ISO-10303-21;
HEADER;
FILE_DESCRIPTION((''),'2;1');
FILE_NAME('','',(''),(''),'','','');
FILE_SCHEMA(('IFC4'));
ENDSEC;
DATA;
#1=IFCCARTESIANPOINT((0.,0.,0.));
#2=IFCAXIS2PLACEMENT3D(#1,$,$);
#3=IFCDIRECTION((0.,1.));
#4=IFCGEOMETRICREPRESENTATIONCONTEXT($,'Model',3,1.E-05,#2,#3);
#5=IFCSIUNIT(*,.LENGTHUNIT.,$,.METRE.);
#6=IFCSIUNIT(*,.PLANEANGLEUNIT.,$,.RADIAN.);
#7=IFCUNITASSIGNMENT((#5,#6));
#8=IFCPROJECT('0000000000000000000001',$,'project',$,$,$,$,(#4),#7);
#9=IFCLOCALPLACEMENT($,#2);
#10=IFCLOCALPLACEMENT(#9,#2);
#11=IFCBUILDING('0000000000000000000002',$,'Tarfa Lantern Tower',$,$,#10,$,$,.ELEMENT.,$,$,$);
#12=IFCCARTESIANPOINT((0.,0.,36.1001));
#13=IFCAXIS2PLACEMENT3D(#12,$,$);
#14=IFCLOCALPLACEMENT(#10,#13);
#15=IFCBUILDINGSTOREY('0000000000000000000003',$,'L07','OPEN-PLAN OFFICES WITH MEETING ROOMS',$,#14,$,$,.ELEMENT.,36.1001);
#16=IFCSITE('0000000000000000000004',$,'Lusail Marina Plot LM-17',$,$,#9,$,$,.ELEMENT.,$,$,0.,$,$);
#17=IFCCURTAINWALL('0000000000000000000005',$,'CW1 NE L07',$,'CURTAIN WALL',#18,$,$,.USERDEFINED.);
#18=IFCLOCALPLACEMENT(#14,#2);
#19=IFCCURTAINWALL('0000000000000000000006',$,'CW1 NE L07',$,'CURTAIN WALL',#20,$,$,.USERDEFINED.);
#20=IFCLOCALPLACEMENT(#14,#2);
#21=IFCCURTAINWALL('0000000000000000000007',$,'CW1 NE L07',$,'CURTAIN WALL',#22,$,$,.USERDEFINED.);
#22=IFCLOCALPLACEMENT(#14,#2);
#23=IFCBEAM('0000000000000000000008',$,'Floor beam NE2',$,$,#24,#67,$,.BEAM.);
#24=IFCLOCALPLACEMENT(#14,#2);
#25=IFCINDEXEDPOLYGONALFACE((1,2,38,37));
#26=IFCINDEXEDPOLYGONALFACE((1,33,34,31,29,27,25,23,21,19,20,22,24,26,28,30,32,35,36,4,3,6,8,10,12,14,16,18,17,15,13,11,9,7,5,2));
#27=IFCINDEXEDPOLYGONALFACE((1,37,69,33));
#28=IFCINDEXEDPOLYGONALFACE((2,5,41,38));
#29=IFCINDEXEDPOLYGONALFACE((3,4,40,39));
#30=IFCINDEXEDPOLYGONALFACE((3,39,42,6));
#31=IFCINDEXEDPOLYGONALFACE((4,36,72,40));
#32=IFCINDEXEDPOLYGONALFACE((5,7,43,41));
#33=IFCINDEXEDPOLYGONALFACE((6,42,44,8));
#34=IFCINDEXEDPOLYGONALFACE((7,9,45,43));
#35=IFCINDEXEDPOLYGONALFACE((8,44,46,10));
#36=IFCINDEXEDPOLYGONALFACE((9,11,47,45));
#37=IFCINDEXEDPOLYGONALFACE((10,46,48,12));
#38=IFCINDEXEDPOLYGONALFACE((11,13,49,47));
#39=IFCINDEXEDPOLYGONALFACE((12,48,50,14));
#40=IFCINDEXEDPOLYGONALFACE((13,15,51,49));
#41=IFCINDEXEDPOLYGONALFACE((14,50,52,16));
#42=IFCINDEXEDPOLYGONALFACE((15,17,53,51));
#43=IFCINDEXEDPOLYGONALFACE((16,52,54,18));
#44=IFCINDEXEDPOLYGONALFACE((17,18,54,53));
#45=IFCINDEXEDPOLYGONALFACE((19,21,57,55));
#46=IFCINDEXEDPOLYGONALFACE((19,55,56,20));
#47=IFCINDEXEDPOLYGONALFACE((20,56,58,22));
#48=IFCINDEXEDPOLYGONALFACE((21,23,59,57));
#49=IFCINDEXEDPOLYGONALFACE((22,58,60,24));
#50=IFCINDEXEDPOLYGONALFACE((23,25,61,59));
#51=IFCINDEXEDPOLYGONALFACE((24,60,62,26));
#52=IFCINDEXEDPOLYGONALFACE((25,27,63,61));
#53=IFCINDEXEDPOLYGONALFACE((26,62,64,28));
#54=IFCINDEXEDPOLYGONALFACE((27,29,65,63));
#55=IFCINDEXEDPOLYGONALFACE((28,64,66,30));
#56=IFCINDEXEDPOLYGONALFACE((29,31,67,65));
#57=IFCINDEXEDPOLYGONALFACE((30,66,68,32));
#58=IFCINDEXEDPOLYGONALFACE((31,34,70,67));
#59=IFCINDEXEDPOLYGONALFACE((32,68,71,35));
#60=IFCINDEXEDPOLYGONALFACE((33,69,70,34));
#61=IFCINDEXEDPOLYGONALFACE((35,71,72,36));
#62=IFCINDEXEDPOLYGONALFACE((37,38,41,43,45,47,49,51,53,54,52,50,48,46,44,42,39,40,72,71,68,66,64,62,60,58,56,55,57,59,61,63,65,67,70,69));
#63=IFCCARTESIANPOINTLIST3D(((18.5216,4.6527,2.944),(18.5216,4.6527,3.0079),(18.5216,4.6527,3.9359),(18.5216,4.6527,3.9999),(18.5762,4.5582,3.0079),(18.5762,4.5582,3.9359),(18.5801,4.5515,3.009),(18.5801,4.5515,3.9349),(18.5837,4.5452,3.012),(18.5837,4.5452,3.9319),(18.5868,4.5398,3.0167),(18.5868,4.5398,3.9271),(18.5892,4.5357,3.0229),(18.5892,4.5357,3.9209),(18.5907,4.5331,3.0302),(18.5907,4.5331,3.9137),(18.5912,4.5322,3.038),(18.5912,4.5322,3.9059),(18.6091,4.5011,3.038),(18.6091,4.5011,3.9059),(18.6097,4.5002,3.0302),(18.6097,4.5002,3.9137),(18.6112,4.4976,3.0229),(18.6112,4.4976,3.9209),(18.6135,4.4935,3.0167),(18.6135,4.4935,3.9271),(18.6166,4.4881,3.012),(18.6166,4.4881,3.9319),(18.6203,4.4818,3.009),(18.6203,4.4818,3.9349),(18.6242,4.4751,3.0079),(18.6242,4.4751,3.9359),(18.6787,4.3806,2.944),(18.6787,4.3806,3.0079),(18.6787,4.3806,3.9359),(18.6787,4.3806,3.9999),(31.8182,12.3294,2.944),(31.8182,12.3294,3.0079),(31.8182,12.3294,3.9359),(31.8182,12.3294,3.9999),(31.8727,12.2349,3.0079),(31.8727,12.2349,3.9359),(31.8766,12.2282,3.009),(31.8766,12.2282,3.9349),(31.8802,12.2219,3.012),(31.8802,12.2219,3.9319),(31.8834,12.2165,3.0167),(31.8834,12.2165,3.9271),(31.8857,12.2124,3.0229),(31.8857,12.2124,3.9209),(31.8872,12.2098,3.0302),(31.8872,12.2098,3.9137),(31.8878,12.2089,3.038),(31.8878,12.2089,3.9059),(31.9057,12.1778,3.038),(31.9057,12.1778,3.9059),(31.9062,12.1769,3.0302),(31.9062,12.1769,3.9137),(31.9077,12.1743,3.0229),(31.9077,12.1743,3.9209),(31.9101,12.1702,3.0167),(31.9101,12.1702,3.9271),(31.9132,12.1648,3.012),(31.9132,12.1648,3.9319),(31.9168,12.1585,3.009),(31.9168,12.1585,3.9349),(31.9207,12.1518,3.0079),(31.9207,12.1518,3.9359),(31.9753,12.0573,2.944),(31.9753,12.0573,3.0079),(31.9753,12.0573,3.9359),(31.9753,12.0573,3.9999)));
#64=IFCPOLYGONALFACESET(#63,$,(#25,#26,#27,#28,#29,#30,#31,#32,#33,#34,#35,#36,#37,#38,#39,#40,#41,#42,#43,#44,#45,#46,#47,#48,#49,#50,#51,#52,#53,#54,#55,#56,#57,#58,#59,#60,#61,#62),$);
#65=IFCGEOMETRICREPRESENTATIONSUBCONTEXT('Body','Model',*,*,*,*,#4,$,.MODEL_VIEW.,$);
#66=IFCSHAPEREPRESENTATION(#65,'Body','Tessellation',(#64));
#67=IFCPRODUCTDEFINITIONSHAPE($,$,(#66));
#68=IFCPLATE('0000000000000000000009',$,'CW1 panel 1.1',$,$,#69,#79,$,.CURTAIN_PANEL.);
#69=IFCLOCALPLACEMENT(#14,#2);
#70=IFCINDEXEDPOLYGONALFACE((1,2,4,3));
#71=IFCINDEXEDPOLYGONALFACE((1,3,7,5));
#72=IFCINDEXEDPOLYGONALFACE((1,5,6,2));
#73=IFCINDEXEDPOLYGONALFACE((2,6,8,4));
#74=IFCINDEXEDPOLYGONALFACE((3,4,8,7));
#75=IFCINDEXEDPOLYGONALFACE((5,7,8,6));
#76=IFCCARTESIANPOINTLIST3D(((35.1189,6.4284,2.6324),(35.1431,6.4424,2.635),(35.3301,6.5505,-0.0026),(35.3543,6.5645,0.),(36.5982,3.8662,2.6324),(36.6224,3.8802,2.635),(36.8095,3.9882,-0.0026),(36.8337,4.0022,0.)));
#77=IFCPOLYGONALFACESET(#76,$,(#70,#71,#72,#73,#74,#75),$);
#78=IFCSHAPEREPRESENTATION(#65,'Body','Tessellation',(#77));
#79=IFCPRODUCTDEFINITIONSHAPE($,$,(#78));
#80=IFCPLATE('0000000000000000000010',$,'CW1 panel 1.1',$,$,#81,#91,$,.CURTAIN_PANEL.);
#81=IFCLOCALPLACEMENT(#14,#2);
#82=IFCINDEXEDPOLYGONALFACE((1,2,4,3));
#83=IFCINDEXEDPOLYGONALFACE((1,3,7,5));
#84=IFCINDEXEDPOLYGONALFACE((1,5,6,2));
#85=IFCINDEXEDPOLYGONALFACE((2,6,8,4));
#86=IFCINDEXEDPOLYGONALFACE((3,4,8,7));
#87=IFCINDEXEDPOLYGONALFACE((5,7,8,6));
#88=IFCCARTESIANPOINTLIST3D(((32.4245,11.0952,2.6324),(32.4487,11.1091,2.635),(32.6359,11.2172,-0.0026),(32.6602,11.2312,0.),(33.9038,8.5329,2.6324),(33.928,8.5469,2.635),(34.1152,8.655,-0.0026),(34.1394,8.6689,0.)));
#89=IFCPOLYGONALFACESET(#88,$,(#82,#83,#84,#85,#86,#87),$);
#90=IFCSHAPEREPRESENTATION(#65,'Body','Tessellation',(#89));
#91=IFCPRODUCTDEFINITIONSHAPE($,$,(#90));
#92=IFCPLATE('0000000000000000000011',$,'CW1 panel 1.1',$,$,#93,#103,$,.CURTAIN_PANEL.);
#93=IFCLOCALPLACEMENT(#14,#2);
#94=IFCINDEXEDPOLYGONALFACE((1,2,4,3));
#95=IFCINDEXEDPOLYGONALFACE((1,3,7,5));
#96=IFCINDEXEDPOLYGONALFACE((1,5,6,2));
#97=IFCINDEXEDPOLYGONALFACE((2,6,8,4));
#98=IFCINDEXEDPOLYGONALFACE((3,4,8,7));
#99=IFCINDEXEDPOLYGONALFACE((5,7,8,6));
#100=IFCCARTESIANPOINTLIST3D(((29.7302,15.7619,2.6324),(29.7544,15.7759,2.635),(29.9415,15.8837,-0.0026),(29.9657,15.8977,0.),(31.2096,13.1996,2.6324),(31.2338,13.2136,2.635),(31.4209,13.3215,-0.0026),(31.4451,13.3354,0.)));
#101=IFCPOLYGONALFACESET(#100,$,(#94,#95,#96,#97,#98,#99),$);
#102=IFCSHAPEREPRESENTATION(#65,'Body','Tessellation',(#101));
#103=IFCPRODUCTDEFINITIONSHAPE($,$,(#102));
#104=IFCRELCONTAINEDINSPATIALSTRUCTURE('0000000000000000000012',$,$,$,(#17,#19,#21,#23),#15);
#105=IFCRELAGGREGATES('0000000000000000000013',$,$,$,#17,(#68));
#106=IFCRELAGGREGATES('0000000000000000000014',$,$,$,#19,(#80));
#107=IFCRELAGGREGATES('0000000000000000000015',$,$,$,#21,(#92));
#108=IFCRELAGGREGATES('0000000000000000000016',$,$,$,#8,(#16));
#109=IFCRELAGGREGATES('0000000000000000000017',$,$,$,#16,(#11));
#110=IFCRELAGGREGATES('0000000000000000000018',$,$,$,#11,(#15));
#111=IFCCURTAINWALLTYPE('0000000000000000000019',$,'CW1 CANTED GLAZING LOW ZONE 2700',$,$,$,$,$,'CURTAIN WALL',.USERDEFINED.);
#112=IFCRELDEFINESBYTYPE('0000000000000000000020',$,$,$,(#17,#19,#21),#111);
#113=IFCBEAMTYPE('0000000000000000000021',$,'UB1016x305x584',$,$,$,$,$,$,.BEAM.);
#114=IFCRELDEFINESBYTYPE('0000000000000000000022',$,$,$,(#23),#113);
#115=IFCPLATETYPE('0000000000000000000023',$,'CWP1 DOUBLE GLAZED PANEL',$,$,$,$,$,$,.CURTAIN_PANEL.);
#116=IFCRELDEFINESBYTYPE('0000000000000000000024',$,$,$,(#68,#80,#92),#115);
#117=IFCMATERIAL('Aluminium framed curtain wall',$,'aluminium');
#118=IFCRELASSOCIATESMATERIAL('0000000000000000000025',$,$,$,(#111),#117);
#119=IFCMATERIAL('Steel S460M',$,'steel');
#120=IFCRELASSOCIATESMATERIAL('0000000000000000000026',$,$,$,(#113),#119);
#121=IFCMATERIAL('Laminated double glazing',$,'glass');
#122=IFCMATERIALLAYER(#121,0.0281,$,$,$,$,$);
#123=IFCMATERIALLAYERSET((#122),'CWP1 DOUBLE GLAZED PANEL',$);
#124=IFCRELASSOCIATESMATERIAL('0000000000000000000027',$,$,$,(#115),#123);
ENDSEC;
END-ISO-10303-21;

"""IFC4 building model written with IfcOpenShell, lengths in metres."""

from ifc_helpers import new_model, si_unit, direction, frame, origin, origin_2d, place, context, subcontext, project, spatial, polyline, i_section, outline, extrude, material, layer, layer_set, material_profile, profile_set, type_object, element, aggregate, save


model = new_model("IFC4")

# Units and contexts
model_context = context("Model", 3, precision=1e-05, world=origin(), true_north=direction((0.0, 1.0)))
body_context = subcontext(model_context, "Body", "Model", "MODEL_VIEW")
ifc_project = project(units=[si_unit("LENGTHUNIT", "METRE"), si_unit("PLANEANGLEUNIT", "RADIAN")], contexts=[model_context])

# Site, building, storey
site_placement = place(None, origin())
site = spatial("IfcSite", under=ifc_project, at=site_placement, Name="Lusail Marina Plot LM-17", CompositionType="ELEMENT", RefElevation=0.0)
building_placement = place(site_placement, origin())
building = spatial("IfcBuilding", under=site, at=building_placement, Name="Tarfa Lantern Tower", CompositionType="ELEMENT")
storey_placement = place(building_placement, frame((0.0, 0.0, 36.1001)))
storey = spatial("IfcBuildingStorey", under=building, at=storey_placement, Name="L07", Description="OPEN-PLAN OFFICES WITH MEETING ROOMS", CompositionType="ELEMENT", Elevation=36.1001)

# Curtain walls
ifc_material_1 = material(Name="Aluminium framed curtain wall", Category="aluminium")
curtain_wall_type = type_object("IfcCurtainWallType", Name="CW1 CANTED GLAZING LOW ZONE 2700", ElementType="CURTAIN WALL", PredefinedType="USERDEFINED", material=ifc_material_1)
curtain_wall_1_placement = place(storey_placement, origin())
curtain_wall_1 = element("IfcCurtainWall", 1, at=curtain_wall_1_placement, inside=storey, type_object=curtain_wall_type, Name="CW1 NE L07", ObjectType="CURTAIN WALL", PredefinedType="USERDEFINED")
curtain_wall_2_placement = place(storey_placement, origin())
curtain_wall_2 = element("IfcCurtainWall", 2, at=curtain_wall_2_placement, inside=storey, type_object=curtain_wall_type, Name="CW1 NE L07", ObjectType="CURTAIN WALL", PredefinedType="USERDEFINED")
curtain_wall_3_placement = place(storey_placement, origin())
curtain_wall_3 = element("IfcCurtainWall", 3, at=curtain_wall_3_placement, inside=storey, type_object=curtain_wall_type, Name="CW1 NE L07", ObjectType="CURTAIN WALL", PredefinedType="USERDEFINED")

# Beam
ifc_material_2 = material(Name="Steel S460M", Category="steel")
ifc_material_profile_1 = material_profile(ifc_material_2, i_section(OverallWidth=0.3142, OverallDepth=1.0559, WebThickness=0.0359, FlangeThickness=0.064, FilletRadius=0.03, at=origin_2d()), Name="UB1016x305x584")
ifc_profile_set_1 = profile_set([ifc_material_profile_1], Name="Steel S460M")
beam_type_1 = type_object("IfcBeamType", Name="UB1016x305x584", PredefinedType="BEAM", material=ifc_profile_set_1)
beam_1_placement = place(storey_placement, frame((31.8967, 12.1934, 3.4719), z_axis=(-0.866027, -0.499997, 0.0), x_axis=(0.499997, -0.866027, 0.0)))
element("IfcBeam", 4, at=beam_1_placement, inside=storey, type_object=beam_type_1, Name="Floor beam NE2", PredefinedType="BEAM", context=body_context, shape_type="SweptSolid", body=[
    extrude(i_section(OverallWidth=0.3142, OverallDepth=1.0559, WebThickness=0.0359, FlangeThickness=0.064, FilletRadius=0.03, at=origin_2d()), origin(), (0.0, 0.0, 1.0), 15.3535),
])

# Plates
ifc_material_3 = material(Name="Laminated double glazing", Category="glass")
ifc_layer = layer(ifc_material_3, 0.0281)
ifc_layer_set = layer_set([ifc_layer], Name="CWP1 DOUBLE GLAZED PANEL")
plate_type = type_object("IfcPlateType", Name="CWP1 DOUBLE GLAZED PANEL", PredefinedType="CURTAIN_PANEL", material=ifc_layer_set)
plate_1_placement = place(storey_placement, frame((36.8337, 4.0022, 0.0), z_axis=(0.862328, 0.497882, 0.092216), x_axis=(-0.500013, 0.866018, 0.000003)))
plate_1 = element("IfcPlate", 5, at=plate_1_placement, type_object=plate_type, Name="CW1 panel 1.1", PredefinedType="CURTAIN_PANEL", context=body_context, shape_type="SweptSolid", body=[
    extrude(outline(polyline([(0.0, 0.0), (2.9587, 0.0), (2.9586, 2.6463), (0.0, 2.6463), (0.0, 0.0)])), origin(), (0.0, 0.0, -1.0), 0.0281),
])
aggregate(curtain_wall_1, [plate_1])
plate_2_placement = place(storey_placement, frame((34.1394, 8.6689, 0.0), z_axis=(0.862342, 0.49785, 0.092255), x_axis=(-0.499982, 0.866036, 0.0)))
plate_2 = element("IfcPlate", 6, at=plate_2_placement, type_object=plate_type, Name="CW1 panel 1.1", PredefinedType="CURTAIN_PANEL", context=body_context, shape_type="SweptSolid", body=[
    extrude(outline(polyline([(0.0, 0.0), (2.9586, 0.0), (2.9586, 2.6463), (0.0, 2.6463), (0.0, 0.0)])), origin(), (0.0, 0.0, -1.0), 0.0281),
])
aggregate(curtain_wall_2, [plate_2])
plate_3_placement = place(storey_placement, frame((31.4451, 13.3354, 0.0), z_axis=(0.862332, 0.497885, 0.09217), x_axis=(-0.500013, 0.866018, -0.000003)))
plate_3 = element("IfcPlate", 7, at=plate_3_placement, type_object=plate_type, Name="CW1 panel 1.1", PredefinedType="CURTAIN_PANEL", context=body_context, shape_type="SweptSolid", body=[
    extrude(outline(polyline([(0.0, 0.0), (2.9586, 0.0), (2.9588, 2.6463), (0.0001, 2.6463), (0.0, 0.0)])), origin(), (0.0, 0.0, -1.0), 0.0281),
])
aggregate(curtain_wall_3, [plate_3])

save(model, "model.ifc")
